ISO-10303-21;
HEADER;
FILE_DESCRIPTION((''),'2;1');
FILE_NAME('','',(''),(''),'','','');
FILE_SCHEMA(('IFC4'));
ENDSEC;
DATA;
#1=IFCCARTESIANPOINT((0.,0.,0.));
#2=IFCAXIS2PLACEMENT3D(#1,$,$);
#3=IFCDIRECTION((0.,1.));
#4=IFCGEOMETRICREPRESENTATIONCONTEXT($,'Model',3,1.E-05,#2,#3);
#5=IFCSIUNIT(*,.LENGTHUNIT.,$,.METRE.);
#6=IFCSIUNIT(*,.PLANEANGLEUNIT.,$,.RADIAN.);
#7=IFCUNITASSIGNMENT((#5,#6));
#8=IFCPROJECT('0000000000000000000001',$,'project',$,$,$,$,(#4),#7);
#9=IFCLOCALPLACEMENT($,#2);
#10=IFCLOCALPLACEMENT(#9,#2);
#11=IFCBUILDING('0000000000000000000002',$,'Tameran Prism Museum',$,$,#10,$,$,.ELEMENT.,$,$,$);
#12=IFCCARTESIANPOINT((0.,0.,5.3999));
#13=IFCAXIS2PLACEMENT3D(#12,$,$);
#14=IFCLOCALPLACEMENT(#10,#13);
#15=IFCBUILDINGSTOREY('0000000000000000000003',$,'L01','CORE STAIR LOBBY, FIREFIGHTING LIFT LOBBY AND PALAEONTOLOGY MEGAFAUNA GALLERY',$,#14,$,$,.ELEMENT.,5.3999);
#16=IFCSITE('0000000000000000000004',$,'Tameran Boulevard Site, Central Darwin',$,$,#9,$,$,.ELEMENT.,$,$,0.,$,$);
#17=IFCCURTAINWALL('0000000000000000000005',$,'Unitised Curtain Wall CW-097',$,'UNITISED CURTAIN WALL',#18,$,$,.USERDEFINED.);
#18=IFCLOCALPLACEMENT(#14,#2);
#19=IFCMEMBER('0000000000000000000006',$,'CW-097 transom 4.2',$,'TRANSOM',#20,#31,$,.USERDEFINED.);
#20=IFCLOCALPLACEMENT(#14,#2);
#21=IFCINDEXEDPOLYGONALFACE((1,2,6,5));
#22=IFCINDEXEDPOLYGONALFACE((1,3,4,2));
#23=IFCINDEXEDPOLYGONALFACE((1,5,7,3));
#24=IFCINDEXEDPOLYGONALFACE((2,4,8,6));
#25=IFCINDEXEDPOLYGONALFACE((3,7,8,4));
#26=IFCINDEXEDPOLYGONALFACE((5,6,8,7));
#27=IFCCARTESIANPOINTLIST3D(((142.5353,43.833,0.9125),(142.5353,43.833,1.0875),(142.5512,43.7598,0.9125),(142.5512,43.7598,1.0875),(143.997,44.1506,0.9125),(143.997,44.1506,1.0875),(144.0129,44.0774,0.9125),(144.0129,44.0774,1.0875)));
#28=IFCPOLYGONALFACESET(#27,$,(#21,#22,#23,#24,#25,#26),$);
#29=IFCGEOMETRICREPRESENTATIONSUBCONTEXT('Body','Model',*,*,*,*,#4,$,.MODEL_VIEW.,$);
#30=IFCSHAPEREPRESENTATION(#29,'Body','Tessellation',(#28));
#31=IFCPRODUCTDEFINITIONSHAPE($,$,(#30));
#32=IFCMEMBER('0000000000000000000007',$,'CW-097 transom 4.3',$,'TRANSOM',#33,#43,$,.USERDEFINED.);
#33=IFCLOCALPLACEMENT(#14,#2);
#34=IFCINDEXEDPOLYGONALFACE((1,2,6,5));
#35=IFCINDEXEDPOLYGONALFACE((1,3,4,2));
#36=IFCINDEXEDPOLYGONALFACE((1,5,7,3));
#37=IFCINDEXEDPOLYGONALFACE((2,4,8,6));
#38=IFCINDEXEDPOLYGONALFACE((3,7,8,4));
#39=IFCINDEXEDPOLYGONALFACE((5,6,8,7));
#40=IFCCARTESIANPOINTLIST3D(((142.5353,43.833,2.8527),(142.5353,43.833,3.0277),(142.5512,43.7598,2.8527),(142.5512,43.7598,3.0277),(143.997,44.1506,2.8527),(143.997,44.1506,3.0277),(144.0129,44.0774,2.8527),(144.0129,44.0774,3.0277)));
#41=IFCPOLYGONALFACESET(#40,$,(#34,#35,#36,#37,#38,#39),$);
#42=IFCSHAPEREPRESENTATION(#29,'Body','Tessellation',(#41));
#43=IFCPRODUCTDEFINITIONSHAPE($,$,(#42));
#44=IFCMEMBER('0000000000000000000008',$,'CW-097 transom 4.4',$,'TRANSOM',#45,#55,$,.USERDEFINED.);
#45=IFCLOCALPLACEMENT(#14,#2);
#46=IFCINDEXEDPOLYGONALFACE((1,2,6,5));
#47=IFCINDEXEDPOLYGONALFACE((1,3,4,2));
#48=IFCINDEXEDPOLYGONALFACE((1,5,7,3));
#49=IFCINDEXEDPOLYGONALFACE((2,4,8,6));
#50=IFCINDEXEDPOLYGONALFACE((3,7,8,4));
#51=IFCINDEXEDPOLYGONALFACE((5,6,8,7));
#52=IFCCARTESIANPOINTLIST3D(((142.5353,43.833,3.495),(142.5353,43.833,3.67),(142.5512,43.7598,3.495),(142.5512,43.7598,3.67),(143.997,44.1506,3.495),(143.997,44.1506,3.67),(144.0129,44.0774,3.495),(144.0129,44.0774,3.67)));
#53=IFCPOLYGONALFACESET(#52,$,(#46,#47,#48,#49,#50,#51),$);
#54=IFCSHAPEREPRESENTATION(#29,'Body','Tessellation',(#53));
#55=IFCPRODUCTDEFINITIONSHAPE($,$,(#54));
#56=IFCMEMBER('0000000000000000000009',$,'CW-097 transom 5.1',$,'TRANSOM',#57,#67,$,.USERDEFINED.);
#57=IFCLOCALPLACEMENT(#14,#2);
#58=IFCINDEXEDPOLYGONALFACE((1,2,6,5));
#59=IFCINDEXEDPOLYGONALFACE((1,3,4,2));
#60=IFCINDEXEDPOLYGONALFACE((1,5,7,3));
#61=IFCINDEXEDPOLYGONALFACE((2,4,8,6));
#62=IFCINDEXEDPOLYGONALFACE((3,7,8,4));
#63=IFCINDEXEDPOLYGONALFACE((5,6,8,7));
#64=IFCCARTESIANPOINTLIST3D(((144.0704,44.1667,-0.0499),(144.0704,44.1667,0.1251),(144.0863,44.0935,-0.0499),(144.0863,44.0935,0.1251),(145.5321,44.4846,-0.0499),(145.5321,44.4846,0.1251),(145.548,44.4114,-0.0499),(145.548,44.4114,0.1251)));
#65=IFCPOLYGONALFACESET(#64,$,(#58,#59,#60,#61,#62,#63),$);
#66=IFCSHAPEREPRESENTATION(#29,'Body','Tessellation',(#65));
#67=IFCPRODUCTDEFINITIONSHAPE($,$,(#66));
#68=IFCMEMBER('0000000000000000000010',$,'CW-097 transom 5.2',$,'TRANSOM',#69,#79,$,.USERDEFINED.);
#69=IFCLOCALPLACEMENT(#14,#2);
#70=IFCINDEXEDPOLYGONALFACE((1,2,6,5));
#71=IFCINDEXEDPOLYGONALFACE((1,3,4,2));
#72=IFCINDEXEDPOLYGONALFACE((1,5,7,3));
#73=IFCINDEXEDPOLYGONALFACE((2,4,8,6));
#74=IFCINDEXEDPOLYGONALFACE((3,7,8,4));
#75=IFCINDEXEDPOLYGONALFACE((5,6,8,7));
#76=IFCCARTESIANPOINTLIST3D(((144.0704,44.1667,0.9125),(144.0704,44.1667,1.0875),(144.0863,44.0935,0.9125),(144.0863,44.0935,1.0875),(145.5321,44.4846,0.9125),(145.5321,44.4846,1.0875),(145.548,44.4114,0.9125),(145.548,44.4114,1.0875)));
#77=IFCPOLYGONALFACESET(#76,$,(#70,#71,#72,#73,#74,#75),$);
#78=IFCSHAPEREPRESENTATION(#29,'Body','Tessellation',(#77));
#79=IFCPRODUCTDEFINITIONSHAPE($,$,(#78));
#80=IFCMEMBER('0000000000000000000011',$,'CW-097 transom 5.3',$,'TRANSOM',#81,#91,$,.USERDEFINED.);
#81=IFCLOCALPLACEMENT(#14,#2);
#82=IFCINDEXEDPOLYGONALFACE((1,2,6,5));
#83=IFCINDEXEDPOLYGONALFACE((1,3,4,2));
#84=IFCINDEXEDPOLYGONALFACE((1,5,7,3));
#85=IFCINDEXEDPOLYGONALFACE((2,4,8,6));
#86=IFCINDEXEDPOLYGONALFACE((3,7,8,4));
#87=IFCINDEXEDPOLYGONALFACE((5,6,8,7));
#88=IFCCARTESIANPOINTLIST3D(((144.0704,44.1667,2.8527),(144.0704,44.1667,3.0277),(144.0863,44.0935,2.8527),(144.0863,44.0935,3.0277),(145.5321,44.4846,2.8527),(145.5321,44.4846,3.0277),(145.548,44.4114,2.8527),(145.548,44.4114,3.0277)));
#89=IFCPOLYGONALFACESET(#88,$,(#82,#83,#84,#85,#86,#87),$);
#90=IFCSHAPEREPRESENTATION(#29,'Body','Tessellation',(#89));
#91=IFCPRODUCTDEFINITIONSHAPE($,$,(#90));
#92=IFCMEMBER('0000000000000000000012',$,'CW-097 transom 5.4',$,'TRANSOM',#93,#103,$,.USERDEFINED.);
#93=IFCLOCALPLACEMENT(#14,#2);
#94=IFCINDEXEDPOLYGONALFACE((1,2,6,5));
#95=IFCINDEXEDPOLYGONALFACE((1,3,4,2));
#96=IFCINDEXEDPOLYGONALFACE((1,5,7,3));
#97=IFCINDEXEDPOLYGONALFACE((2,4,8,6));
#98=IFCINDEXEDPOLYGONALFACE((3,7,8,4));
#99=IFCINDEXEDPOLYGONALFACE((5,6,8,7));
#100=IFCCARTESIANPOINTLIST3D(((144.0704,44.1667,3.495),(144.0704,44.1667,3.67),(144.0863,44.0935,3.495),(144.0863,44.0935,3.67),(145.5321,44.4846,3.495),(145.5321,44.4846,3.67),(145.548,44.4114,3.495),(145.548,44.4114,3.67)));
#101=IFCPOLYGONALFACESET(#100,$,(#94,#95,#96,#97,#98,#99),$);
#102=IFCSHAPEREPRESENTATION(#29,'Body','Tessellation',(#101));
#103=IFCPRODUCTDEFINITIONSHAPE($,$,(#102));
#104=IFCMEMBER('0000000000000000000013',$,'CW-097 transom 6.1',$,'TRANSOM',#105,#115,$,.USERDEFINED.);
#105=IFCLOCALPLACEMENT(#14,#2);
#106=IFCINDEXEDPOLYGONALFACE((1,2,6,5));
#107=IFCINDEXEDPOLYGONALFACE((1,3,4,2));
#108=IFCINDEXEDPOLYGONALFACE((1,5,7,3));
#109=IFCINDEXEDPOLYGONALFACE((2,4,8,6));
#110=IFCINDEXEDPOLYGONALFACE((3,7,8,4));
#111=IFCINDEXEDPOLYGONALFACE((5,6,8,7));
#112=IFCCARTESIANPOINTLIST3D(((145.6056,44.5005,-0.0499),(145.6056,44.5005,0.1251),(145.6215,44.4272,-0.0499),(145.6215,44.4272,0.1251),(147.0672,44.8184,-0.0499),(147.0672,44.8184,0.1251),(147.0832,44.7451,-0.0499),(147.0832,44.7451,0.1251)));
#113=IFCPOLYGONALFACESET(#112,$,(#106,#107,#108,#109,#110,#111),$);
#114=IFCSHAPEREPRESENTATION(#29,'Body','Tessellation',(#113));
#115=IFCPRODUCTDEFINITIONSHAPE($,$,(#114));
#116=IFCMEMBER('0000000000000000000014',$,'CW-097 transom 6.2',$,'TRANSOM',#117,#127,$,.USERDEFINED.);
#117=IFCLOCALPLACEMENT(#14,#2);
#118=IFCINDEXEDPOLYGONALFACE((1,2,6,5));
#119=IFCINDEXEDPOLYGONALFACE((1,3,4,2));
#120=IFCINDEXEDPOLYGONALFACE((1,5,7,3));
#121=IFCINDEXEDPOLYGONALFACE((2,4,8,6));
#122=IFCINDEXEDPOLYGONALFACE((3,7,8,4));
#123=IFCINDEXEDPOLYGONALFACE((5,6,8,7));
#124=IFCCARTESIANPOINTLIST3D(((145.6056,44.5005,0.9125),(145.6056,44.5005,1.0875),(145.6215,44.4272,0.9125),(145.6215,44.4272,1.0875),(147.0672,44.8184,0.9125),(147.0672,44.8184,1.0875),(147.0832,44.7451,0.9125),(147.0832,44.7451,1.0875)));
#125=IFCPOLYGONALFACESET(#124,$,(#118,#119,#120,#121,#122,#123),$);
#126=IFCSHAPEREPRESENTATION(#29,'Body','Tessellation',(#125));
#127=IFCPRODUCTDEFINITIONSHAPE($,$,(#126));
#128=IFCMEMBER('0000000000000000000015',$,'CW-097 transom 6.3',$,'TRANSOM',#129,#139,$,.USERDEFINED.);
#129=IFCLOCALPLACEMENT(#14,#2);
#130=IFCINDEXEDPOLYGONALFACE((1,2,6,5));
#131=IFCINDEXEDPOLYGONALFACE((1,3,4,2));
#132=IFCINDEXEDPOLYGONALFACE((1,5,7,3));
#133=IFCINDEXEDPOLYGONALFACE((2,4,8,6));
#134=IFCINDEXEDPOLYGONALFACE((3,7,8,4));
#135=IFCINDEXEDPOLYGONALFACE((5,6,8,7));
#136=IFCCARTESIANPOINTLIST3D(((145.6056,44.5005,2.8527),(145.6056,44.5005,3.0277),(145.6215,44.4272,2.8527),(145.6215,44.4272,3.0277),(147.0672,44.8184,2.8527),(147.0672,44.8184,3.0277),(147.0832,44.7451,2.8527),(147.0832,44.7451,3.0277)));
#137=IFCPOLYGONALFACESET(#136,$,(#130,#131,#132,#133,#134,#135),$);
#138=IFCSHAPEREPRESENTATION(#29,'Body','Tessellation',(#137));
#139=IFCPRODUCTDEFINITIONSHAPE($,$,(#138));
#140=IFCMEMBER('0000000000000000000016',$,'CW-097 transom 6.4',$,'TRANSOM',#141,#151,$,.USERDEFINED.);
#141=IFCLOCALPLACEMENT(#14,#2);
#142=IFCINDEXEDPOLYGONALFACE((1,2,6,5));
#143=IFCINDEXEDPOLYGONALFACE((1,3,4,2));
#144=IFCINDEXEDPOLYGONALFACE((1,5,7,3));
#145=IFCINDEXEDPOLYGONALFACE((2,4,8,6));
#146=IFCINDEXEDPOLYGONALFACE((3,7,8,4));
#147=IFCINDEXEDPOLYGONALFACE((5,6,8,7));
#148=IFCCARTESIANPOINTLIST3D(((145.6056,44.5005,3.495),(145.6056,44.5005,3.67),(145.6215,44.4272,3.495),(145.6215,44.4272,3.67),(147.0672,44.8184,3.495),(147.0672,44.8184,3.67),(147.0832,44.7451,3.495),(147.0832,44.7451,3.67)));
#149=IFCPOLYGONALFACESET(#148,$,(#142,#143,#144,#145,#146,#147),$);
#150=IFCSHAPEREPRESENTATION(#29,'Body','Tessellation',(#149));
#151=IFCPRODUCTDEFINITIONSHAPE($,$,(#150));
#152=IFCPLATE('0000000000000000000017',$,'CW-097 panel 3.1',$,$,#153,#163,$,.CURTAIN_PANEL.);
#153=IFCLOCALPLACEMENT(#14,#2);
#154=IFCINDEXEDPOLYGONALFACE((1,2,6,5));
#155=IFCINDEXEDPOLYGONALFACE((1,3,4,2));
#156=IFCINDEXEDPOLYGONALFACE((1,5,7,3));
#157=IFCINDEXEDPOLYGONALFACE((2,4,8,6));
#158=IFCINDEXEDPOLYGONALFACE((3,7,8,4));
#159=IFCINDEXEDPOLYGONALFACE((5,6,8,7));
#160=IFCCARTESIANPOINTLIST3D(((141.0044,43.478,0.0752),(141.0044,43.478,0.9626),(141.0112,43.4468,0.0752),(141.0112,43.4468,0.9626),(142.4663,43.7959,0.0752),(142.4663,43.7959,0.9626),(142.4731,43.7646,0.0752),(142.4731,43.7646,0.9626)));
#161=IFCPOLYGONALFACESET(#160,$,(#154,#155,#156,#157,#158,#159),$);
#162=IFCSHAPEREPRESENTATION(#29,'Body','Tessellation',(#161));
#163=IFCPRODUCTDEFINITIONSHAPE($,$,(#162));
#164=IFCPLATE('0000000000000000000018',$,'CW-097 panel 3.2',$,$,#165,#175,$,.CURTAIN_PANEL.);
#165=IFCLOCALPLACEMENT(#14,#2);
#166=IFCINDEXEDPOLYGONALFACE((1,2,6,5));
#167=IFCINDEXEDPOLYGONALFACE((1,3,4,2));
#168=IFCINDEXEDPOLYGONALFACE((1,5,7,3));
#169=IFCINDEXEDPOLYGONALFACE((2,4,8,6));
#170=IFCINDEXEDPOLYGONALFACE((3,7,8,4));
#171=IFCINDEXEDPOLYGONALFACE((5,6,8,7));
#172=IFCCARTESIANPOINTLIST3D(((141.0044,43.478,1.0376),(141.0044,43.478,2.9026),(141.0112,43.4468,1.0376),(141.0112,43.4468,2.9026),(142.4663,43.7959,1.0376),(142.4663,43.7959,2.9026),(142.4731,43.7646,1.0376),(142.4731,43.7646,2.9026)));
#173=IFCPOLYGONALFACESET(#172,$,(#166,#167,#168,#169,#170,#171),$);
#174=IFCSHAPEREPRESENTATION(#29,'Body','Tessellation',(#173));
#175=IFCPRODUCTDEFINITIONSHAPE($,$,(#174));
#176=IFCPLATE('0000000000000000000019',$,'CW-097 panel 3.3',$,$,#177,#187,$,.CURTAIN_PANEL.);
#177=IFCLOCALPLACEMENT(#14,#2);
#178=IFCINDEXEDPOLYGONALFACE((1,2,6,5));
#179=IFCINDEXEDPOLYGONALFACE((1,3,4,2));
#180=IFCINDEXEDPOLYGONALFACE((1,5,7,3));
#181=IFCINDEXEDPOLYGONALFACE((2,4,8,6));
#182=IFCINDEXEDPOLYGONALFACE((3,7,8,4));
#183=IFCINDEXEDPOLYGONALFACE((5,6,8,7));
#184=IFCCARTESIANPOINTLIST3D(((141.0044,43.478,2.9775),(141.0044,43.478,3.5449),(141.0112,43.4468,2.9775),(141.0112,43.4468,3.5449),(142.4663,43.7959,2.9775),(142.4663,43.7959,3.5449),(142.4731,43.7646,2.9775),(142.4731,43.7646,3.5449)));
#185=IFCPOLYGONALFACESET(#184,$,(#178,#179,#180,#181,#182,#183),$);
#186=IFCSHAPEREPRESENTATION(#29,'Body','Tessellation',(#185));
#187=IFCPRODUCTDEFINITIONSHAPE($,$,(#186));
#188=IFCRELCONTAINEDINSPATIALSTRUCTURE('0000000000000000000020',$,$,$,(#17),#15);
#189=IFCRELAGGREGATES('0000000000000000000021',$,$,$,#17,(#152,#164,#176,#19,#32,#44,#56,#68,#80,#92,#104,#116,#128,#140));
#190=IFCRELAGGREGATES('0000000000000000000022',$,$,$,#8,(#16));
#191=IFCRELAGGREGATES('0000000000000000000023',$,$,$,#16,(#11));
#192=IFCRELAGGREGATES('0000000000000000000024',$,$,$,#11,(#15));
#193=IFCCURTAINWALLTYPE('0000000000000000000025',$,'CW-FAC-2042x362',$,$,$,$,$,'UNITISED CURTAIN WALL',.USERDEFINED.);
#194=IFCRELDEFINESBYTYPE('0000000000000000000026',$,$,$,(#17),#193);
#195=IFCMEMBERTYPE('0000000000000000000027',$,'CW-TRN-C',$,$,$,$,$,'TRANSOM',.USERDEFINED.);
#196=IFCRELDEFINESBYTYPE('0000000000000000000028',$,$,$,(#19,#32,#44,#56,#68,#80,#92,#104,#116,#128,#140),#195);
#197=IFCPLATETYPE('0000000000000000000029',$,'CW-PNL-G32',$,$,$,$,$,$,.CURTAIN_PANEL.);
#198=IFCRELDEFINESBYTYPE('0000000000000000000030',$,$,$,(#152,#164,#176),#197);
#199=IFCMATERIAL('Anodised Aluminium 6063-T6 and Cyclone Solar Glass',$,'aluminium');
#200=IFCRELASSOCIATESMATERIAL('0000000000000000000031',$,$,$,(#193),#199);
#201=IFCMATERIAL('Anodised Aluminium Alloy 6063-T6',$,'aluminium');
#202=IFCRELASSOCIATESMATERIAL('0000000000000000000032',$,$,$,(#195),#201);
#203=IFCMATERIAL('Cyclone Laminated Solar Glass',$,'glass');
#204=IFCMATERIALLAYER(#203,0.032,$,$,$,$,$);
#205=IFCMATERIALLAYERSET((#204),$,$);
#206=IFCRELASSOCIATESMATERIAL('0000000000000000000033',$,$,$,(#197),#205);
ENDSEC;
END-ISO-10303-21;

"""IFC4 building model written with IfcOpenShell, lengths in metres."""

from ifc_helpers import new_model, si_unit, direction, frame, origin, origin_2d, place, context, subcontext, project, spatial, rectangle, extrude, material, layer, layer_set, material_profile, profile_set, type_object, element, aggregate, save


model = new_model("IFC4")

# Units and contexts
model_context = context("Model", 3, precision=1e-05, world=origin(), true_north=direction((0.0, 1.0)))
body_context = subcontext(model_context, "Body", "Model", "MODEL_VIEW")
ifc_project = project(units=[si_unit("LENGTHUNIT", "METRE"), si_unit("PLANEANGLEUNIT", "RADIAN")], contexts=[model_context])

# Site, building, storey
site_placement = place(None, origin())
site = spatial("IfcSite", under=ifc_project, at=site_placement, Name="Tameran Boulevard Site, Central Darwin", CompositionType="ELEMENT", RefElevation=0.0)
building_placement = place(site_placement, origin())
building = spatial("IfcBuilding", under=site, at=building_placement, Name="Tameran Prism Museum", CompositionType="ELEMENT")
storey_placement = place(building_placement, frame((0.0, 0.0, 5.3999)))
storey = spatial("IfcBuildingStorey", under=building, at=storey_placement, Name="L01", Description="CORE STAIR LOBBY, FIREFIGHTING LIFT LOBBY AND PALAEONTOLOGY MEGAFAUNA GALLERY", CompositionType="ELEMENT", Elevation=5.3999)

# Curtain wall, members, plates
ifc_material_1 = material(Name="Anodised Aluminium 6063-T6 and Cyclone Solar Glass", Category="aluminium")
curtain_wall_type = type_object("IfcCurtainWallType", Name="CW-FAC-2042x362", ElementType="UNITISED CURTAIN WALL", PredefinedType="USERDEFINED", material=ifc_material_1)
curtain_wall_placement = place(storey_placement, origin())
curtain_wall = element("IfcCurtainWall", 1, at=curtain_wall_placement, inside=storey, type_object=curtain_wall_type, Name="Unitised Curtain Wall CW-097", ObjectType="UNITISED CURTAIN WALL", PredefinedType="USERDEFINED")
ifc_material_2 = material(Name="Anodised Aluminium Alloy 6063-T6", Category="aluminium")
ifc_material_profile_1 = material_profile(ifc_material_2, rectangle(XDim=0.075, YDim=0.175, at=origin_2d()))
ifc_profile_set_1 = profile_set([ifc_material_profile_1])
member_type_1 = type_object("IfcMemberType", Name="CW-TRN-C", ElementType="TRANSOM", PredefinedType="USERDEFINED", material=ifc_profile_set_1)
member_1_placement = place(storey_placement, frame((142.5432, 43.7964, 1.0), z_axis=(0.977194, 0.212348, 0.0), x_axis=(-0.212348, 0.977194, 0.0)))
member_1 = element("IfcMember", 2, at=member_1_placement, type_object=member_type_1, Name="CW-097 transom 4.2", ObjectType="TRANSOM", PredefinedType="USERDEFINED", context=body_context, shape_type="SweptSolid", body=[
    extrude(rectangle(XDim=0.075, YDim=0.175, at=origin_2d()), origin(), (0.0, 0.0, 1.0), 1.4958),
])
member_2_placement = place(storey_placement, frame((142.5432, 43.7964, 2.9402), z_axis=(0.977194, 0.212348, 0.0), x_axis=(-0.212348, 0.977194, 0.0)))
member_2 = element("IfcMember", 3, at=member_2_placement, type_object=member_type_1, Name="CW-097 transom 4.3", ObjectType="TRANSOM", PredefinedType="USERDEFINED", context=body_context, shape_type="SweptSolid", body=[
    extrude(rectangle(XDim=0.075, YDim=0.175, at=origin_2d()), origin(), (0.0, 0.0, 1.0), 1.4958),
])
member_3_placement = place(storey_placement, frame((142.5432, 43.7964, 3.5825), z_axis=(0.977194, 0.212348, 0.0), x_axis=(-0.212348, 0.977194, 0.0)))
member_3 = element("IfcMember", 4, at=member_3_placement, type_object=member_type_1, Name="CW-097 transom 4.4", ObjectType="TRANSOM", PredefinedType="USERDEFINED", context=body_context, shape_type="SweptSolid", body=[
    extrude(rectangle(XDim=0.075, YDim=0.175, at=origin_2d()), origin(), (0.0, 0.0, 1.0), 1.4958),
])
member_4_placement = place(storey_placement, frame((144.0784, 44.1301, 0.0376), z_axis=(0.97716, 0.212504, 0.0), x_axis=(-0.212504, 0.97716, 0.0)))
member_4 = element("IfcMember", 5, at=member_4_placement, type_object=member_type_1, Name="CW-097 transom 5.1", ObjectType="TRANSOM", PredefinedType="USERDEFINED", context=body_context, shape_type="SweptSolid", body=[
    extrude(rectangle(XDim=0.075, YDim=0.175, at=origin_2d()), origin(), (0.0, 0.0, 1.0), 1.4958),
])
member_5_placement = place(storey_placement, frame((144.0784, 44.1301, 1.0), z_axis=(0.97716, 0.212504, 0.0), x_axis=(-0.212504, 0.97716, 0.0)))
member_5 = element("IfcMember", 6, at=member_5_placement, type_object=member_type_1, Name="CW-097 transom 5.2", ObjectType="TRANSOM", PredefinedType="USERDEFINED", context=body_context, shape_type="SweptSolid", body=[
    extrude(rectangle(XDim=0.075, YDim=0.175, at=origin_2d()), origin(), (0.0, 0.0, 1.0), 1.4958),
])
member_6_placement = place(storey_placement, frame((144.0784, 44.1301, 2.9402), z_axis=(0.97716, 0.212504, 0.0), x_axis=(-0.212504, 0.97716, 0.0)))
member_6 = element("IfcMember", 7, at=member_6_placement, type_object=member_type_1, Name="CW-097 transom 5.3", ObjectType="TRANSOM", PredefinedType="USERDEFINED", context=body_context, shape_type="SweptSolid", body=[
    extrude(rectangle(XDim=0.075, YDim=0.175, at=origin_2d()), origin(), (0.0, 0.0, 1.0), 1.4958),
])
member_7_placement = place(storey_placement, frame((144.0784, 44.1301, 3.5825), z_axis=(0.97716, 0.212504, 0.0), x_axis=(-0.212504, 0.97716, 0.0)))
member_7 = element("IfcMember", 8, at=member_7_placement, type_object=member_type_1, Name="CW-097 transom 5.4", ObjectType="TRANSOM", PredefinedType="USERDEFINED", context=body_context, shape_type="SweptSolid", body=[
    extrude(rectangle(XDim=0.075, YDim=0.175, at=origin_2d()), origin(), (0.0, 0.0, 1.0), 1.4958),
])
member_8_placement = place(storey_placement, frame((145.6135, 44.4639, 0.0376), z_axis=(0.97716, 0.212504, 0.0), x_axis=(-0.212504, 0.97716, 0.0)))
member_8 = element("IfcMember", 9, at=member_8_placement, type_object=member_type_1, Name="CW-097 transom 6.1", ObjectType="TRANSOM", PredefinedType="USERDEFINED", context=body_context, shape_type="SweptSolid", body=[
    extrude(rectangle(XDim=0.075, YDim=0.175, at=origin_2d()), origin(), (0.0, 0.0, 1.0), 1.4958),
])
member_9_placement = place(storey_placement, frame((145.6135, 44.4639, 1.0), z_axis=(0.97716, 0.212504, 0.0), x_axis=(-0.212504, 0.97716, 0.0)))
member_9 = element("IfcMember", 10, at=member_9_placement, type_object=member_type_1, Name="CW-097 transom 6.2", ObjectType="TRANSOM", PredefinedType="USERDEFINED", context=body_context, shape_type="SweptSolid", body=[
    extrude(rectangle(XDim=0.075, YDim=0.175, at=origin_2d()), origin(), (0.0, 0.0, 1.0), 1.4958),
])
member_10_placement = place(storey_placement, frame((145.6135, 44.4639, 2.9402), z_axis=(0.97716, 0.212504, 0.0), x_axis=(-0.212504, 0.97716, 0.0)))
member_10 = element("IfcMember", 11, at=member_10_placement, type_object=member_type_1, Name="CW-097 transom 6.3", ObjectType="TRANSOM", PredefinedType="USERDEFINED", context=body_context, shape_type="SweptSolid", body=[
    extrude(rectangle(XDim=0.075, YDim=0.175, at=origin_2d()), origin(), (0.0, 0.0, 1.0), 1.4958),
])
member_11_placement = place(storey_placement, frame((145.6135, 44.4639, 3.5825), z_axis=(0.97716, 0.212504, 0.0), x_axis=(-0.212504, 0.97716, 0.0)))
member_11 = element("IfcMember", 12, at=member_11_placement, type_object=member_type_1, Name="CW-097 transom 6.4", ObjectType="TRANSOM", PredefinedType="USERDEFINED", context=body_context, shape_type="SweptSolid", body=[
    extrude(rectangle(XDim=0.075, YDim=0.175, at=origin_2d()), origin(), (0.0, 0.0, 1.0), 1.4958),
])
ifc_material_3 = material(Name="Cyclone Laminated Solar Glass", Category="glass")
ifc_layer_1 = layer(ifc_material_3, 0.032)
ifc_layer_set_1 = layer_set([ifc_layer_1])
plate_type = type_object("IfcPlateType", Name="CW-PNL-G32", PredefinedType="CURTAIN_PANEL", material=ifc_layer_set_1)
plate_1_placement = place(storey_placement, frame((141.7388, 43.6213, 0.0752), z_axis=(0.0, 0.0, 1.0), x_axis=(0.977171, 0.212454, 0.0)))
plate_1 = element("IfcPlate", 13, at=plate_1_placement, type_object=plate_type, Name="CW-097 panel 3.1", PredefinedType="CURTAIN_PANEL", context=body_context, shape_type="SweptSolid", body=[
    extrude(rectangle(XDim=1.4961, YDim=0.032, at=origin_2d()), origin(), (0.0, 0.0, 1.0), 0.8875),
])
plate_2_placement = place(storey_placement, frame((141.7388, 43.6213, 1.0376), z_axis=(0.0, 0.0, 1.0), x_axis=(0.977171, 0.212454, 0.0)))
plate_2 = element("IfcPlate", 14, at=plate_2_placement, type_object=plate_type, Name="CW-097 panel 3.2", PredefinedType="CURTAIN_PANEL", context=body_context, shape_type="SweptSolid", body=[
    extrude(rectangle(XDim=1.4961, YDim=0.032, at=origin_2d()), origin(), (0.0, 0.0, 1.0), 1.865),
])
plate_3_placement = place(storey_placement, frame((141.7388, 43.6213, 2.9775), z_axis=(0.0, 0.0, 1.0), x_axis=(0.977171, 0.212454, 0.0)))
plate_3 = element("IfcPlate", 15, at=plate_3_placement, type_object=plate_type, Name="CW-097 panel 3.3", PredefinedType="CURTAIN_PANEL", context=body_context, shape_type="SweptSolid", body=[
    extrude(rectangle(XDim=1.4961, YDim=0.032, at=origin_2d()), origin(), (0.0, 0.0, 1.0), 0.5674),
])
aggregate(curtain_wall, [plate_1, plate_2, plate_3, member_1, member_2, member_3, member_4, member_5, member_6, member_7, member_8, member_9, member_10, member_11])

save(model, "model.ifc")
